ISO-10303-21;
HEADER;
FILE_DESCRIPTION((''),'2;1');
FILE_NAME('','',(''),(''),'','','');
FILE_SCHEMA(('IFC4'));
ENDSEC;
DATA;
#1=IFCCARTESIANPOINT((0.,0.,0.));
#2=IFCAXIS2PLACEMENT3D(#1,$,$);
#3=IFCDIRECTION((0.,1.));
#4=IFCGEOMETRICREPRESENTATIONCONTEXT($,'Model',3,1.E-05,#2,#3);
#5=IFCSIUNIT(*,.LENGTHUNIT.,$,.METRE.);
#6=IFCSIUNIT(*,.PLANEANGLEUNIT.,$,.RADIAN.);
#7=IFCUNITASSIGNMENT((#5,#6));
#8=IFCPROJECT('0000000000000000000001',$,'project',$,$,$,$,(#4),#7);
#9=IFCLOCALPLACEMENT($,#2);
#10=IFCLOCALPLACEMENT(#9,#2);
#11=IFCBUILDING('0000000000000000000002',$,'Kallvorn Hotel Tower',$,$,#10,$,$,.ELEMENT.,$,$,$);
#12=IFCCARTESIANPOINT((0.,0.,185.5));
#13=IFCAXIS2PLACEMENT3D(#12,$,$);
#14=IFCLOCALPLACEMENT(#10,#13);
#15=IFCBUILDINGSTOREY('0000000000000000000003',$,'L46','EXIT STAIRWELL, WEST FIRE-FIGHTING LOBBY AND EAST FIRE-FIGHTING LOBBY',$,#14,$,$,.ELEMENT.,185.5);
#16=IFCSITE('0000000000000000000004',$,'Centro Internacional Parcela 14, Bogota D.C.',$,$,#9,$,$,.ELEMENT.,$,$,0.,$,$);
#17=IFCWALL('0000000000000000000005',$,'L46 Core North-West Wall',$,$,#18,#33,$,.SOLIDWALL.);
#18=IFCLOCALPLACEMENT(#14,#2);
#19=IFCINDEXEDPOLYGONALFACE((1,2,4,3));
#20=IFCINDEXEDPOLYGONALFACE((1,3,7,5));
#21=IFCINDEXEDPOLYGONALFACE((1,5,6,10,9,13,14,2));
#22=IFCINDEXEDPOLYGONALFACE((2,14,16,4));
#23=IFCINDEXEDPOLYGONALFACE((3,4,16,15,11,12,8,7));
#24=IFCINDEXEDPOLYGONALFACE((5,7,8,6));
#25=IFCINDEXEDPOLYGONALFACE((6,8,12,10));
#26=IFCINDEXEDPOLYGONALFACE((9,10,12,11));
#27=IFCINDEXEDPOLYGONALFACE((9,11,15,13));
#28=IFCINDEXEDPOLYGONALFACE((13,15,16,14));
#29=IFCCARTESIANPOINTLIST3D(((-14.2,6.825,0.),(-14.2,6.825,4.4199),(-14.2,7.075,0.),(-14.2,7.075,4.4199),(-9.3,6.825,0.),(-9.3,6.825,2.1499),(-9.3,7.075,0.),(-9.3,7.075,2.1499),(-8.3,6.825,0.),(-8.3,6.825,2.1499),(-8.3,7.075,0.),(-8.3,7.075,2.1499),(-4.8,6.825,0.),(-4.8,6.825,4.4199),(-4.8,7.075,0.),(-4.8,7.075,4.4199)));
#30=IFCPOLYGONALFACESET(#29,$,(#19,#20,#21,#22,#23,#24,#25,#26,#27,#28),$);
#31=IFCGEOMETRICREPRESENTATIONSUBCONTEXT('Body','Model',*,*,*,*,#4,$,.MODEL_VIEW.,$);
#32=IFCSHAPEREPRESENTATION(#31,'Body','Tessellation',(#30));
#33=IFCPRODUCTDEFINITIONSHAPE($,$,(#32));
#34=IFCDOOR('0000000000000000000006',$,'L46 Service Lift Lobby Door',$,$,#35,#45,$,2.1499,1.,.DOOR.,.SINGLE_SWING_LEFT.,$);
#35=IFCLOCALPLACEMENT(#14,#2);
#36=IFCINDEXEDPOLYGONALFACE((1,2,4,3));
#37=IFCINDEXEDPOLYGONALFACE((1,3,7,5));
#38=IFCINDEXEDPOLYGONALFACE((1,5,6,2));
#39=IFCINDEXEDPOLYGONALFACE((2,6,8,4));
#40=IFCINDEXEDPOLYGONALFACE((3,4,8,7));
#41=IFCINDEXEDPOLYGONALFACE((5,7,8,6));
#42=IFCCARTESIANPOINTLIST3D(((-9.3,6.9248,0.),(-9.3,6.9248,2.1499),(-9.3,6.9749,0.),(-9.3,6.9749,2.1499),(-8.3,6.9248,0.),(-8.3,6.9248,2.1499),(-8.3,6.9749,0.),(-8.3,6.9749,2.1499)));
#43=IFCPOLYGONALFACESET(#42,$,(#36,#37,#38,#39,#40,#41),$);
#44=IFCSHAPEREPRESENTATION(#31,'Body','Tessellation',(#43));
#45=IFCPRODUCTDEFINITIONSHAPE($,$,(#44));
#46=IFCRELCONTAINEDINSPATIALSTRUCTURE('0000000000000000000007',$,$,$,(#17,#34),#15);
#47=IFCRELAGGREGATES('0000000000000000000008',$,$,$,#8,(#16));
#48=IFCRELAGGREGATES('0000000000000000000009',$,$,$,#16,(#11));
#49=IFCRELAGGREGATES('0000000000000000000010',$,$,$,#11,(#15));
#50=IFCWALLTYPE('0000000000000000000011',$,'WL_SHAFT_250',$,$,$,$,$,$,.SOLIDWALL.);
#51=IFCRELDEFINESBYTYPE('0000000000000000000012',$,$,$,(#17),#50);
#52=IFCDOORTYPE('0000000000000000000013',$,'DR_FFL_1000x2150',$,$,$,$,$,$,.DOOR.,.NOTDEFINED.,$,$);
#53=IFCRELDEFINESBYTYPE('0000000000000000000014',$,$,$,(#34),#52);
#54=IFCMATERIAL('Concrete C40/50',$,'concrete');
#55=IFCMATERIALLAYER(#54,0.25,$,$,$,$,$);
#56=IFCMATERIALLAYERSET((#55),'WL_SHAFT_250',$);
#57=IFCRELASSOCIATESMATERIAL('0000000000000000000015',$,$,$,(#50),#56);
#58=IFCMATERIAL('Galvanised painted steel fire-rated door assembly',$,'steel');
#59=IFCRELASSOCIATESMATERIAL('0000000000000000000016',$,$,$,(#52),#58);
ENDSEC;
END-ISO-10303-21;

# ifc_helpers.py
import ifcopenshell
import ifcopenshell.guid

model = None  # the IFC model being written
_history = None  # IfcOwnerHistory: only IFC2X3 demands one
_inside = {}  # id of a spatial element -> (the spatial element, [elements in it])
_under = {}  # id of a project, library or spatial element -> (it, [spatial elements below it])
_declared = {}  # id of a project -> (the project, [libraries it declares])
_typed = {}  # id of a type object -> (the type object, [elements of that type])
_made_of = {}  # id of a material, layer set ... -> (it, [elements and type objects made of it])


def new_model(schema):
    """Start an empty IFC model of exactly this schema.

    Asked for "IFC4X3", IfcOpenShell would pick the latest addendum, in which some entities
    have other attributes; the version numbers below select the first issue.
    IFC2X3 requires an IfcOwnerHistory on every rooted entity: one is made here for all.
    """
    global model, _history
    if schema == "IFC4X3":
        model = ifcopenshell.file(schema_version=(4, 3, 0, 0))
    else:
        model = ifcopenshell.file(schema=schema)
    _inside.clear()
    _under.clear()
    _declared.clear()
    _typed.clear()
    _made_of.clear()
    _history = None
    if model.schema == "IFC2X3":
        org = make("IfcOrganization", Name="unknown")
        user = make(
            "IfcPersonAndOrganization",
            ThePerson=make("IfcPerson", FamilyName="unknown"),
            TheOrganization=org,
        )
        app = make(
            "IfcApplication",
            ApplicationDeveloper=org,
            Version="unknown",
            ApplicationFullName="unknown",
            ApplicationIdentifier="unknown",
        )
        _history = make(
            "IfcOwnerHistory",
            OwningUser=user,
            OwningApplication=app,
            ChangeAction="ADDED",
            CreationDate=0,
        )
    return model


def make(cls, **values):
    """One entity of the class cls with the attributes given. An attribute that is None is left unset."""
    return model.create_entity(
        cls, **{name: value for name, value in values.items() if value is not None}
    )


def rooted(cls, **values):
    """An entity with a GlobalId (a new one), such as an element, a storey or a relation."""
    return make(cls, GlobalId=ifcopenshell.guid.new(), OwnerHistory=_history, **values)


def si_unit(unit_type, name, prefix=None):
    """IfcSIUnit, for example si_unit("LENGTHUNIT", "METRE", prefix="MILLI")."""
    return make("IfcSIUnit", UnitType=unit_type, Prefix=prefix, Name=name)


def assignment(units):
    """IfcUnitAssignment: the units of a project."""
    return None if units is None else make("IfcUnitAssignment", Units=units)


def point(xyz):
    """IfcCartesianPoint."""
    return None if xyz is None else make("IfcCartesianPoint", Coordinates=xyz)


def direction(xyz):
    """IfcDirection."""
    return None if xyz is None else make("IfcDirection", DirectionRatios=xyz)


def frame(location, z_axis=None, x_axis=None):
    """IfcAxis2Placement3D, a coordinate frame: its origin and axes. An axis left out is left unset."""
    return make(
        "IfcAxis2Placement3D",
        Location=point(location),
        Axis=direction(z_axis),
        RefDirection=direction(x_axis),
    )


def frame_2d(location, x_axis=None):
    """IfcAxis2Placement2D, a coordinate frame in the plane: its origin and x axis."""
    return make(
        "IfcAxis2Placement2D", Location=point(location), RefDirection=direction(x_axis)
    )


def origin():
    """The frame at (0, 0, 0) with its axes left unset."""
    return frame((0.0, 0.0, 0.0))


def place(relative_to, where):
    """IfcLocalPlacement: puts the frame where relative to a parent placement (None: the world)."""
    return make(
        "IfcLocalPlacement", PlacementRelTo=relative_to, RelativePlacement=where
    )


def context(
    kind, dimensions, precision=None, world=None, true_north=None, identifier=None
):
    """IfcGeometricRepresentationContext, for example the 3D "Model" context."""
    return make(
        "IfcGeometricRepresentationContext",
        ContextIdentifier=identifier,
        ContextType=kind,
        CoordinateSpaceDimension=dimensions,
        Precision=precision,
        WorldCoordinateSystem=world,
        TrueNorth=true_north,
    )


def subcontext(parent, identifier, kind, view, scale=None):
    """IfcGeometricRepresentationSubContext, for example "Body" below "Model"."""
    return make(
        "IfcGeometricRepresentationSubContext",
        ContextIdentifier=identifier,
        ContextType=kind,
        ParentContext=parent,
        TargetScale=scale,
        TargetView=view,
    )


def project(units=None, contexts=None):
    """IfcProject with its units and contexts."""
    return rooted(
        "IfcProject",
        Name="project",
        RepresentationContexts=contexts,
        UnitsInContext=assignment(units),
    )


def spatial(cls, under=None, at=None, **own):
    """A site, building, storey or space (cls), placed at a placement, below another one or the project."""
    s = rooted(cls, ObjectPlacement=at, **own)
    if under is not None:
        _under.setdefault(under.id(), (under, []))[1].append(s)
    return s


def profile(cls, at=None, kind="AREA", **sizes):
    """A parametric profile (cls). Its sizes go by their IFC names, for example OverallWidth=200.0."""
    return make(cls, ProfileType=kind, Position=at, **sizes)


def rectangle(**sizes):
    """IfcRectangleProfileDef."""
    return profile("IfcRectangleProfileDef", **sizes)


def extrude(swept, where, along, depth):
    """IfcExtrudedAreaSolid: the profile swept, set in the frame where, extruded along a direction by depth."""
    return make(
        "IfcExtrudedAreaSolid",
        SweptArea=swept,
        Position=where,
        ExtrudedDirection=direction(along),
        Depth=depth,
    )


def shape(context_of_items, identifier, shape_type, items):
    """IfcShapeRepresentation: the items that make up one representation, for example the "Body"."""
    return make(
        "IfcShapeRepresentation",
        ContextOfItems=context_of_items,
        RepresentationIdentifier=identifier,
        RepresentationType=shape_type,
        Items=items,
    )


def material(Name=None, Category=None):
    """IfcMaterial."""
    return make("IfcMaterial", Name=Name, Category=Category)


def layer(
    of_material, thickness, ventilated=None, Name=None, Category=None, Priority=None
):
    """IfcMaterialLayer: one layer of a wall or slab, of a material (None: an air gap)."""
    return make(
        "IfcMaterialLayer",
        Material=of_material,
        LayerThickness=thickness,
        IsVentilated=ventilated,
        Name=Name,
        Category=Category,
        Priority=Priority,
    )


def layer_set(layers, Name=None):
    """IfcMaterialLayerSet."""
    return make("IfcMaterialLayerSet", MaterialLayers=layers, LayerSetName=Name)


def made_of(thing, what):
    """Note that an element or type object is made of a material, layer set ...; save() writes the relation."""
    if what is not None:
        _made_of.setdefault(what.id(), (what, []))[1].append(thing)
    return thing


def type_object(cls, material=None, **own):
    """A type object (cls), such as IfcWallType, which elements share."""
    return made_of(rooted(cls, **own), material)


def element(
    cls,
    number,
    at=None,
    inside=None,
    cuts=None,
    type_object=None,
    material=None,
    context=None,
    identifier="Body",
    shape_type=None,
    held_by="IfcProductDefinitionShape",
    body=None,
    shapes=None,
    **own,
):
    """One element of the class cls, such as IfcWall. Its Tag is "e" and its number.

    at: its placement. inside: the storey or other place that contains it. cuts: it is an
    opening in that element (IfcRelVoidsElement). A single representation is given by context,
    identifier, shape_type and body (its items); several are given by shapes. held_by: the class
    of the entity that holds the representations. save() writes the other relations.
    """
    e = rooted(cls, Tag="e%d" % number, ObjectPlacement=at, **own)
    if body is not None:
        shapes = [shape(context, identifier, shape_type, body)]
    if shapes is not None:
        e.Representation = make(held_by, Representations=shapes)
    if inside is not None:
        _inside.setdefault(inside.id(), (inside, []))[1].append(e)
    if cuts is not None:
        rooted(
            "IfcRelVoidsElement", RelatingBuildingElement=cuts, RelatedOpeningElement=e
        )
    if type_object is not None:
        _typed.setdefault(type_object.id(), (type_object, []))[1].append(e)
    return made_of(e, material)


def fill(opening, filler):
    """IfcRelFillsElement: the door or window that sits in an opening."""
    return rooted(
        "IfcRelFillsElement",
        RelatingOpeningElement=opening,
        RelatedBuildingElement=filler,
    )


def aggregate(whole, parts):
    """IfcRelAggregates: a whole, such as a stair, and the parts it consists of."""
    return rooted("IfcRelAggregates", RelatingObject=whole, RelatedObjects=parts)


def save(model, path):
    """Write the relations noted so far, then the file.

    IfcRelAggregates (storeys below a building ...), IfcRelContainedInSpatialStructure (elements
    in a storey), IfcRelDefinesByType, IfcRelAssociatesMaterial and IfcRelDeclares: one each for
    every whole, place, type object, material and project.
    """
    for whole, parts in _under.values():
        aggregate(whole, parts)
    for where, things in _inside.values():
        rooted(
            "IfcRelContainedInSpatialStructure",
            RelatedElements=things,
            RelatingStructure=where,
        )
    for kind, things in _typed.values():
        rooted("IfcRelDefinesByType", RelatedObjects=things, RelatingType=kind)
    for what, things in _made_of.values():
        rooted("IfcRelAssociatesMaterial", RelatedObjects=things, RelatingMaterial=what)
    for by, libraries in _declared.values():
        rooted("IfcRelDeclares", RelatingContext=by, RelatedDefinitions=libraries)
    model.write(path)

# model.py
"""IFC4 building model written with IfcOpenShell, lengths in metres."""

from ifc_helpers import new_model, si_unit, direction, frame, frame_2d, origin, place, context, subcontext, project, spatial, rectangle, extrude, material, layer, layer_set, type_object, element, fill, save


model = new_model("IFC4")

# Units and contexts
model_context = context("Model", 3, precision=1e-05, world=origin(), true_north=direction((0.0, 1.0)))
body_context = subcontext(model_context, "Body", "Model", "MODEL_VIEW")
ifc_project = project(units=[si_unit("LENGTHUNIT", "METRE"), si_unit("PLANEANGLEUNIT", "RADIAN")], contexts=[model_context])

# Site, building, storey
site_placement = place(None, origin())
site = spatial("IfcSite", under=ifc_project, at=site_placement, Name="Centro Internacional Parcela 14, Bogota D.C.", CompositionType="ELEMENT", RefElevation=0.0)
building_placement = place(site_placement, origin())
building = spatial("IfcBuilding", under=site, at=building_placement, Name="Kallvorn Hotel Tower", CompositionType="ELEMENT")
storey_placement = place(building_placement, frame((0.0, 0.0, 185.5)))
storey = spatial("IfcBuildingStorey", under=building, at=storey_placement, Name="L46", Description="EXIT STAIRWELL, WEST FIRE-FIGHTING LOBBY AND EAST FIRE-FIGHTING LOBBY", CompositionType="ELEMENT", Elevation=185.5)

# Wall, opening, door
ifc_material_1 = material(Name="Concrete C40/50", Category="concrete")
ifc_layer_1 = layer(ifc_material_1, 0.25)
ifc_layer_set_1 = layer_set([ifc_layer_1], Name="WL_SHAFT_250")
wall_type_1 = type_object("IfcWallType", Name="WL_SHAFT_250", PredefinedType="SOLIDWALL", material=ifc_layer_set_1)
wall_1_placement = place(storey_placement, frame((-14.2, 6.95, 0.0), z_axis=(0.0, 0.0, 1.0), x_axis=(1.0, 0.0, 0.0)))
wall_1 = element("IfcWall", 1, at=wall_1_placement, inside=storey, type_object=wall_type_1, Name="L46 Core North-West Wall", PredefinedType="SOLIDWALL", context=body_context, shape_type="SweptSolid", body=[
    extrude(rectangle(XDim=9.3999, YDim=0.25, at=frame_2d((4.7, 0.0))), origin(), (0.0, 0.0, 1.0), 4.4199),
])
opening_1_placement = place(wall_1_placement, frame((4.8999, 0.0, 0.0)))
opening_1 = element("IfcOpeningElement", 2, at=opening_1_placement, cuts=wall_1, PredefinedType="OPENING", context=body_context, shape_type="SweptSolid", body=[
    extrude(rectangle(XDim=1.0, YDim=2.1499, at=frame_2d((0.5, 1.075))), frame((0.0, 0.1399, 0.0), z_axis=(0.0, -1.0, 0.0), x_axis=(1.0, 0.0, 0.0)), (0.0, 0.0, 1.0), 0.28),
])
ifc_material_2 = material(Name="Galvanised painted steel fire-rated door assembly", Category="steel")
door_type_1 = type_object("IfcDoorType", Name="DR_FFL_1000x2150", OperationType="NOTDEFINED", PredefinedType="DOOR", material=ifc_material_2)
door_1_placement = place(opening_1_placement, origin())
door_1 = element("IfcDoor", 3, at=door_1_placement, inside=storey, type_object=door_type_1, Name="L46 Service Lift Lobby Door", OperationType="SINGLE_SWING_LEFT", OverallHeight=2.1499, OverallWidth=1.0, PredefinedType="DOOR", context=body_context, shape_type="SweptSolid", body=[
    extrude(rectangle(XDim=1.0, YDim=2.1499, at=frame_2d((0.5, 1.075))), frame((0.0, 0.0249, 0.0), z_axis=(0.0, -1.0, 0.0), x_axis=(1.0, 0.0, 0.0)), (0.0, 0.0, 1.0), 0.05),
])
fill(opening_1, door_1)

save(model, "model.ifc")
